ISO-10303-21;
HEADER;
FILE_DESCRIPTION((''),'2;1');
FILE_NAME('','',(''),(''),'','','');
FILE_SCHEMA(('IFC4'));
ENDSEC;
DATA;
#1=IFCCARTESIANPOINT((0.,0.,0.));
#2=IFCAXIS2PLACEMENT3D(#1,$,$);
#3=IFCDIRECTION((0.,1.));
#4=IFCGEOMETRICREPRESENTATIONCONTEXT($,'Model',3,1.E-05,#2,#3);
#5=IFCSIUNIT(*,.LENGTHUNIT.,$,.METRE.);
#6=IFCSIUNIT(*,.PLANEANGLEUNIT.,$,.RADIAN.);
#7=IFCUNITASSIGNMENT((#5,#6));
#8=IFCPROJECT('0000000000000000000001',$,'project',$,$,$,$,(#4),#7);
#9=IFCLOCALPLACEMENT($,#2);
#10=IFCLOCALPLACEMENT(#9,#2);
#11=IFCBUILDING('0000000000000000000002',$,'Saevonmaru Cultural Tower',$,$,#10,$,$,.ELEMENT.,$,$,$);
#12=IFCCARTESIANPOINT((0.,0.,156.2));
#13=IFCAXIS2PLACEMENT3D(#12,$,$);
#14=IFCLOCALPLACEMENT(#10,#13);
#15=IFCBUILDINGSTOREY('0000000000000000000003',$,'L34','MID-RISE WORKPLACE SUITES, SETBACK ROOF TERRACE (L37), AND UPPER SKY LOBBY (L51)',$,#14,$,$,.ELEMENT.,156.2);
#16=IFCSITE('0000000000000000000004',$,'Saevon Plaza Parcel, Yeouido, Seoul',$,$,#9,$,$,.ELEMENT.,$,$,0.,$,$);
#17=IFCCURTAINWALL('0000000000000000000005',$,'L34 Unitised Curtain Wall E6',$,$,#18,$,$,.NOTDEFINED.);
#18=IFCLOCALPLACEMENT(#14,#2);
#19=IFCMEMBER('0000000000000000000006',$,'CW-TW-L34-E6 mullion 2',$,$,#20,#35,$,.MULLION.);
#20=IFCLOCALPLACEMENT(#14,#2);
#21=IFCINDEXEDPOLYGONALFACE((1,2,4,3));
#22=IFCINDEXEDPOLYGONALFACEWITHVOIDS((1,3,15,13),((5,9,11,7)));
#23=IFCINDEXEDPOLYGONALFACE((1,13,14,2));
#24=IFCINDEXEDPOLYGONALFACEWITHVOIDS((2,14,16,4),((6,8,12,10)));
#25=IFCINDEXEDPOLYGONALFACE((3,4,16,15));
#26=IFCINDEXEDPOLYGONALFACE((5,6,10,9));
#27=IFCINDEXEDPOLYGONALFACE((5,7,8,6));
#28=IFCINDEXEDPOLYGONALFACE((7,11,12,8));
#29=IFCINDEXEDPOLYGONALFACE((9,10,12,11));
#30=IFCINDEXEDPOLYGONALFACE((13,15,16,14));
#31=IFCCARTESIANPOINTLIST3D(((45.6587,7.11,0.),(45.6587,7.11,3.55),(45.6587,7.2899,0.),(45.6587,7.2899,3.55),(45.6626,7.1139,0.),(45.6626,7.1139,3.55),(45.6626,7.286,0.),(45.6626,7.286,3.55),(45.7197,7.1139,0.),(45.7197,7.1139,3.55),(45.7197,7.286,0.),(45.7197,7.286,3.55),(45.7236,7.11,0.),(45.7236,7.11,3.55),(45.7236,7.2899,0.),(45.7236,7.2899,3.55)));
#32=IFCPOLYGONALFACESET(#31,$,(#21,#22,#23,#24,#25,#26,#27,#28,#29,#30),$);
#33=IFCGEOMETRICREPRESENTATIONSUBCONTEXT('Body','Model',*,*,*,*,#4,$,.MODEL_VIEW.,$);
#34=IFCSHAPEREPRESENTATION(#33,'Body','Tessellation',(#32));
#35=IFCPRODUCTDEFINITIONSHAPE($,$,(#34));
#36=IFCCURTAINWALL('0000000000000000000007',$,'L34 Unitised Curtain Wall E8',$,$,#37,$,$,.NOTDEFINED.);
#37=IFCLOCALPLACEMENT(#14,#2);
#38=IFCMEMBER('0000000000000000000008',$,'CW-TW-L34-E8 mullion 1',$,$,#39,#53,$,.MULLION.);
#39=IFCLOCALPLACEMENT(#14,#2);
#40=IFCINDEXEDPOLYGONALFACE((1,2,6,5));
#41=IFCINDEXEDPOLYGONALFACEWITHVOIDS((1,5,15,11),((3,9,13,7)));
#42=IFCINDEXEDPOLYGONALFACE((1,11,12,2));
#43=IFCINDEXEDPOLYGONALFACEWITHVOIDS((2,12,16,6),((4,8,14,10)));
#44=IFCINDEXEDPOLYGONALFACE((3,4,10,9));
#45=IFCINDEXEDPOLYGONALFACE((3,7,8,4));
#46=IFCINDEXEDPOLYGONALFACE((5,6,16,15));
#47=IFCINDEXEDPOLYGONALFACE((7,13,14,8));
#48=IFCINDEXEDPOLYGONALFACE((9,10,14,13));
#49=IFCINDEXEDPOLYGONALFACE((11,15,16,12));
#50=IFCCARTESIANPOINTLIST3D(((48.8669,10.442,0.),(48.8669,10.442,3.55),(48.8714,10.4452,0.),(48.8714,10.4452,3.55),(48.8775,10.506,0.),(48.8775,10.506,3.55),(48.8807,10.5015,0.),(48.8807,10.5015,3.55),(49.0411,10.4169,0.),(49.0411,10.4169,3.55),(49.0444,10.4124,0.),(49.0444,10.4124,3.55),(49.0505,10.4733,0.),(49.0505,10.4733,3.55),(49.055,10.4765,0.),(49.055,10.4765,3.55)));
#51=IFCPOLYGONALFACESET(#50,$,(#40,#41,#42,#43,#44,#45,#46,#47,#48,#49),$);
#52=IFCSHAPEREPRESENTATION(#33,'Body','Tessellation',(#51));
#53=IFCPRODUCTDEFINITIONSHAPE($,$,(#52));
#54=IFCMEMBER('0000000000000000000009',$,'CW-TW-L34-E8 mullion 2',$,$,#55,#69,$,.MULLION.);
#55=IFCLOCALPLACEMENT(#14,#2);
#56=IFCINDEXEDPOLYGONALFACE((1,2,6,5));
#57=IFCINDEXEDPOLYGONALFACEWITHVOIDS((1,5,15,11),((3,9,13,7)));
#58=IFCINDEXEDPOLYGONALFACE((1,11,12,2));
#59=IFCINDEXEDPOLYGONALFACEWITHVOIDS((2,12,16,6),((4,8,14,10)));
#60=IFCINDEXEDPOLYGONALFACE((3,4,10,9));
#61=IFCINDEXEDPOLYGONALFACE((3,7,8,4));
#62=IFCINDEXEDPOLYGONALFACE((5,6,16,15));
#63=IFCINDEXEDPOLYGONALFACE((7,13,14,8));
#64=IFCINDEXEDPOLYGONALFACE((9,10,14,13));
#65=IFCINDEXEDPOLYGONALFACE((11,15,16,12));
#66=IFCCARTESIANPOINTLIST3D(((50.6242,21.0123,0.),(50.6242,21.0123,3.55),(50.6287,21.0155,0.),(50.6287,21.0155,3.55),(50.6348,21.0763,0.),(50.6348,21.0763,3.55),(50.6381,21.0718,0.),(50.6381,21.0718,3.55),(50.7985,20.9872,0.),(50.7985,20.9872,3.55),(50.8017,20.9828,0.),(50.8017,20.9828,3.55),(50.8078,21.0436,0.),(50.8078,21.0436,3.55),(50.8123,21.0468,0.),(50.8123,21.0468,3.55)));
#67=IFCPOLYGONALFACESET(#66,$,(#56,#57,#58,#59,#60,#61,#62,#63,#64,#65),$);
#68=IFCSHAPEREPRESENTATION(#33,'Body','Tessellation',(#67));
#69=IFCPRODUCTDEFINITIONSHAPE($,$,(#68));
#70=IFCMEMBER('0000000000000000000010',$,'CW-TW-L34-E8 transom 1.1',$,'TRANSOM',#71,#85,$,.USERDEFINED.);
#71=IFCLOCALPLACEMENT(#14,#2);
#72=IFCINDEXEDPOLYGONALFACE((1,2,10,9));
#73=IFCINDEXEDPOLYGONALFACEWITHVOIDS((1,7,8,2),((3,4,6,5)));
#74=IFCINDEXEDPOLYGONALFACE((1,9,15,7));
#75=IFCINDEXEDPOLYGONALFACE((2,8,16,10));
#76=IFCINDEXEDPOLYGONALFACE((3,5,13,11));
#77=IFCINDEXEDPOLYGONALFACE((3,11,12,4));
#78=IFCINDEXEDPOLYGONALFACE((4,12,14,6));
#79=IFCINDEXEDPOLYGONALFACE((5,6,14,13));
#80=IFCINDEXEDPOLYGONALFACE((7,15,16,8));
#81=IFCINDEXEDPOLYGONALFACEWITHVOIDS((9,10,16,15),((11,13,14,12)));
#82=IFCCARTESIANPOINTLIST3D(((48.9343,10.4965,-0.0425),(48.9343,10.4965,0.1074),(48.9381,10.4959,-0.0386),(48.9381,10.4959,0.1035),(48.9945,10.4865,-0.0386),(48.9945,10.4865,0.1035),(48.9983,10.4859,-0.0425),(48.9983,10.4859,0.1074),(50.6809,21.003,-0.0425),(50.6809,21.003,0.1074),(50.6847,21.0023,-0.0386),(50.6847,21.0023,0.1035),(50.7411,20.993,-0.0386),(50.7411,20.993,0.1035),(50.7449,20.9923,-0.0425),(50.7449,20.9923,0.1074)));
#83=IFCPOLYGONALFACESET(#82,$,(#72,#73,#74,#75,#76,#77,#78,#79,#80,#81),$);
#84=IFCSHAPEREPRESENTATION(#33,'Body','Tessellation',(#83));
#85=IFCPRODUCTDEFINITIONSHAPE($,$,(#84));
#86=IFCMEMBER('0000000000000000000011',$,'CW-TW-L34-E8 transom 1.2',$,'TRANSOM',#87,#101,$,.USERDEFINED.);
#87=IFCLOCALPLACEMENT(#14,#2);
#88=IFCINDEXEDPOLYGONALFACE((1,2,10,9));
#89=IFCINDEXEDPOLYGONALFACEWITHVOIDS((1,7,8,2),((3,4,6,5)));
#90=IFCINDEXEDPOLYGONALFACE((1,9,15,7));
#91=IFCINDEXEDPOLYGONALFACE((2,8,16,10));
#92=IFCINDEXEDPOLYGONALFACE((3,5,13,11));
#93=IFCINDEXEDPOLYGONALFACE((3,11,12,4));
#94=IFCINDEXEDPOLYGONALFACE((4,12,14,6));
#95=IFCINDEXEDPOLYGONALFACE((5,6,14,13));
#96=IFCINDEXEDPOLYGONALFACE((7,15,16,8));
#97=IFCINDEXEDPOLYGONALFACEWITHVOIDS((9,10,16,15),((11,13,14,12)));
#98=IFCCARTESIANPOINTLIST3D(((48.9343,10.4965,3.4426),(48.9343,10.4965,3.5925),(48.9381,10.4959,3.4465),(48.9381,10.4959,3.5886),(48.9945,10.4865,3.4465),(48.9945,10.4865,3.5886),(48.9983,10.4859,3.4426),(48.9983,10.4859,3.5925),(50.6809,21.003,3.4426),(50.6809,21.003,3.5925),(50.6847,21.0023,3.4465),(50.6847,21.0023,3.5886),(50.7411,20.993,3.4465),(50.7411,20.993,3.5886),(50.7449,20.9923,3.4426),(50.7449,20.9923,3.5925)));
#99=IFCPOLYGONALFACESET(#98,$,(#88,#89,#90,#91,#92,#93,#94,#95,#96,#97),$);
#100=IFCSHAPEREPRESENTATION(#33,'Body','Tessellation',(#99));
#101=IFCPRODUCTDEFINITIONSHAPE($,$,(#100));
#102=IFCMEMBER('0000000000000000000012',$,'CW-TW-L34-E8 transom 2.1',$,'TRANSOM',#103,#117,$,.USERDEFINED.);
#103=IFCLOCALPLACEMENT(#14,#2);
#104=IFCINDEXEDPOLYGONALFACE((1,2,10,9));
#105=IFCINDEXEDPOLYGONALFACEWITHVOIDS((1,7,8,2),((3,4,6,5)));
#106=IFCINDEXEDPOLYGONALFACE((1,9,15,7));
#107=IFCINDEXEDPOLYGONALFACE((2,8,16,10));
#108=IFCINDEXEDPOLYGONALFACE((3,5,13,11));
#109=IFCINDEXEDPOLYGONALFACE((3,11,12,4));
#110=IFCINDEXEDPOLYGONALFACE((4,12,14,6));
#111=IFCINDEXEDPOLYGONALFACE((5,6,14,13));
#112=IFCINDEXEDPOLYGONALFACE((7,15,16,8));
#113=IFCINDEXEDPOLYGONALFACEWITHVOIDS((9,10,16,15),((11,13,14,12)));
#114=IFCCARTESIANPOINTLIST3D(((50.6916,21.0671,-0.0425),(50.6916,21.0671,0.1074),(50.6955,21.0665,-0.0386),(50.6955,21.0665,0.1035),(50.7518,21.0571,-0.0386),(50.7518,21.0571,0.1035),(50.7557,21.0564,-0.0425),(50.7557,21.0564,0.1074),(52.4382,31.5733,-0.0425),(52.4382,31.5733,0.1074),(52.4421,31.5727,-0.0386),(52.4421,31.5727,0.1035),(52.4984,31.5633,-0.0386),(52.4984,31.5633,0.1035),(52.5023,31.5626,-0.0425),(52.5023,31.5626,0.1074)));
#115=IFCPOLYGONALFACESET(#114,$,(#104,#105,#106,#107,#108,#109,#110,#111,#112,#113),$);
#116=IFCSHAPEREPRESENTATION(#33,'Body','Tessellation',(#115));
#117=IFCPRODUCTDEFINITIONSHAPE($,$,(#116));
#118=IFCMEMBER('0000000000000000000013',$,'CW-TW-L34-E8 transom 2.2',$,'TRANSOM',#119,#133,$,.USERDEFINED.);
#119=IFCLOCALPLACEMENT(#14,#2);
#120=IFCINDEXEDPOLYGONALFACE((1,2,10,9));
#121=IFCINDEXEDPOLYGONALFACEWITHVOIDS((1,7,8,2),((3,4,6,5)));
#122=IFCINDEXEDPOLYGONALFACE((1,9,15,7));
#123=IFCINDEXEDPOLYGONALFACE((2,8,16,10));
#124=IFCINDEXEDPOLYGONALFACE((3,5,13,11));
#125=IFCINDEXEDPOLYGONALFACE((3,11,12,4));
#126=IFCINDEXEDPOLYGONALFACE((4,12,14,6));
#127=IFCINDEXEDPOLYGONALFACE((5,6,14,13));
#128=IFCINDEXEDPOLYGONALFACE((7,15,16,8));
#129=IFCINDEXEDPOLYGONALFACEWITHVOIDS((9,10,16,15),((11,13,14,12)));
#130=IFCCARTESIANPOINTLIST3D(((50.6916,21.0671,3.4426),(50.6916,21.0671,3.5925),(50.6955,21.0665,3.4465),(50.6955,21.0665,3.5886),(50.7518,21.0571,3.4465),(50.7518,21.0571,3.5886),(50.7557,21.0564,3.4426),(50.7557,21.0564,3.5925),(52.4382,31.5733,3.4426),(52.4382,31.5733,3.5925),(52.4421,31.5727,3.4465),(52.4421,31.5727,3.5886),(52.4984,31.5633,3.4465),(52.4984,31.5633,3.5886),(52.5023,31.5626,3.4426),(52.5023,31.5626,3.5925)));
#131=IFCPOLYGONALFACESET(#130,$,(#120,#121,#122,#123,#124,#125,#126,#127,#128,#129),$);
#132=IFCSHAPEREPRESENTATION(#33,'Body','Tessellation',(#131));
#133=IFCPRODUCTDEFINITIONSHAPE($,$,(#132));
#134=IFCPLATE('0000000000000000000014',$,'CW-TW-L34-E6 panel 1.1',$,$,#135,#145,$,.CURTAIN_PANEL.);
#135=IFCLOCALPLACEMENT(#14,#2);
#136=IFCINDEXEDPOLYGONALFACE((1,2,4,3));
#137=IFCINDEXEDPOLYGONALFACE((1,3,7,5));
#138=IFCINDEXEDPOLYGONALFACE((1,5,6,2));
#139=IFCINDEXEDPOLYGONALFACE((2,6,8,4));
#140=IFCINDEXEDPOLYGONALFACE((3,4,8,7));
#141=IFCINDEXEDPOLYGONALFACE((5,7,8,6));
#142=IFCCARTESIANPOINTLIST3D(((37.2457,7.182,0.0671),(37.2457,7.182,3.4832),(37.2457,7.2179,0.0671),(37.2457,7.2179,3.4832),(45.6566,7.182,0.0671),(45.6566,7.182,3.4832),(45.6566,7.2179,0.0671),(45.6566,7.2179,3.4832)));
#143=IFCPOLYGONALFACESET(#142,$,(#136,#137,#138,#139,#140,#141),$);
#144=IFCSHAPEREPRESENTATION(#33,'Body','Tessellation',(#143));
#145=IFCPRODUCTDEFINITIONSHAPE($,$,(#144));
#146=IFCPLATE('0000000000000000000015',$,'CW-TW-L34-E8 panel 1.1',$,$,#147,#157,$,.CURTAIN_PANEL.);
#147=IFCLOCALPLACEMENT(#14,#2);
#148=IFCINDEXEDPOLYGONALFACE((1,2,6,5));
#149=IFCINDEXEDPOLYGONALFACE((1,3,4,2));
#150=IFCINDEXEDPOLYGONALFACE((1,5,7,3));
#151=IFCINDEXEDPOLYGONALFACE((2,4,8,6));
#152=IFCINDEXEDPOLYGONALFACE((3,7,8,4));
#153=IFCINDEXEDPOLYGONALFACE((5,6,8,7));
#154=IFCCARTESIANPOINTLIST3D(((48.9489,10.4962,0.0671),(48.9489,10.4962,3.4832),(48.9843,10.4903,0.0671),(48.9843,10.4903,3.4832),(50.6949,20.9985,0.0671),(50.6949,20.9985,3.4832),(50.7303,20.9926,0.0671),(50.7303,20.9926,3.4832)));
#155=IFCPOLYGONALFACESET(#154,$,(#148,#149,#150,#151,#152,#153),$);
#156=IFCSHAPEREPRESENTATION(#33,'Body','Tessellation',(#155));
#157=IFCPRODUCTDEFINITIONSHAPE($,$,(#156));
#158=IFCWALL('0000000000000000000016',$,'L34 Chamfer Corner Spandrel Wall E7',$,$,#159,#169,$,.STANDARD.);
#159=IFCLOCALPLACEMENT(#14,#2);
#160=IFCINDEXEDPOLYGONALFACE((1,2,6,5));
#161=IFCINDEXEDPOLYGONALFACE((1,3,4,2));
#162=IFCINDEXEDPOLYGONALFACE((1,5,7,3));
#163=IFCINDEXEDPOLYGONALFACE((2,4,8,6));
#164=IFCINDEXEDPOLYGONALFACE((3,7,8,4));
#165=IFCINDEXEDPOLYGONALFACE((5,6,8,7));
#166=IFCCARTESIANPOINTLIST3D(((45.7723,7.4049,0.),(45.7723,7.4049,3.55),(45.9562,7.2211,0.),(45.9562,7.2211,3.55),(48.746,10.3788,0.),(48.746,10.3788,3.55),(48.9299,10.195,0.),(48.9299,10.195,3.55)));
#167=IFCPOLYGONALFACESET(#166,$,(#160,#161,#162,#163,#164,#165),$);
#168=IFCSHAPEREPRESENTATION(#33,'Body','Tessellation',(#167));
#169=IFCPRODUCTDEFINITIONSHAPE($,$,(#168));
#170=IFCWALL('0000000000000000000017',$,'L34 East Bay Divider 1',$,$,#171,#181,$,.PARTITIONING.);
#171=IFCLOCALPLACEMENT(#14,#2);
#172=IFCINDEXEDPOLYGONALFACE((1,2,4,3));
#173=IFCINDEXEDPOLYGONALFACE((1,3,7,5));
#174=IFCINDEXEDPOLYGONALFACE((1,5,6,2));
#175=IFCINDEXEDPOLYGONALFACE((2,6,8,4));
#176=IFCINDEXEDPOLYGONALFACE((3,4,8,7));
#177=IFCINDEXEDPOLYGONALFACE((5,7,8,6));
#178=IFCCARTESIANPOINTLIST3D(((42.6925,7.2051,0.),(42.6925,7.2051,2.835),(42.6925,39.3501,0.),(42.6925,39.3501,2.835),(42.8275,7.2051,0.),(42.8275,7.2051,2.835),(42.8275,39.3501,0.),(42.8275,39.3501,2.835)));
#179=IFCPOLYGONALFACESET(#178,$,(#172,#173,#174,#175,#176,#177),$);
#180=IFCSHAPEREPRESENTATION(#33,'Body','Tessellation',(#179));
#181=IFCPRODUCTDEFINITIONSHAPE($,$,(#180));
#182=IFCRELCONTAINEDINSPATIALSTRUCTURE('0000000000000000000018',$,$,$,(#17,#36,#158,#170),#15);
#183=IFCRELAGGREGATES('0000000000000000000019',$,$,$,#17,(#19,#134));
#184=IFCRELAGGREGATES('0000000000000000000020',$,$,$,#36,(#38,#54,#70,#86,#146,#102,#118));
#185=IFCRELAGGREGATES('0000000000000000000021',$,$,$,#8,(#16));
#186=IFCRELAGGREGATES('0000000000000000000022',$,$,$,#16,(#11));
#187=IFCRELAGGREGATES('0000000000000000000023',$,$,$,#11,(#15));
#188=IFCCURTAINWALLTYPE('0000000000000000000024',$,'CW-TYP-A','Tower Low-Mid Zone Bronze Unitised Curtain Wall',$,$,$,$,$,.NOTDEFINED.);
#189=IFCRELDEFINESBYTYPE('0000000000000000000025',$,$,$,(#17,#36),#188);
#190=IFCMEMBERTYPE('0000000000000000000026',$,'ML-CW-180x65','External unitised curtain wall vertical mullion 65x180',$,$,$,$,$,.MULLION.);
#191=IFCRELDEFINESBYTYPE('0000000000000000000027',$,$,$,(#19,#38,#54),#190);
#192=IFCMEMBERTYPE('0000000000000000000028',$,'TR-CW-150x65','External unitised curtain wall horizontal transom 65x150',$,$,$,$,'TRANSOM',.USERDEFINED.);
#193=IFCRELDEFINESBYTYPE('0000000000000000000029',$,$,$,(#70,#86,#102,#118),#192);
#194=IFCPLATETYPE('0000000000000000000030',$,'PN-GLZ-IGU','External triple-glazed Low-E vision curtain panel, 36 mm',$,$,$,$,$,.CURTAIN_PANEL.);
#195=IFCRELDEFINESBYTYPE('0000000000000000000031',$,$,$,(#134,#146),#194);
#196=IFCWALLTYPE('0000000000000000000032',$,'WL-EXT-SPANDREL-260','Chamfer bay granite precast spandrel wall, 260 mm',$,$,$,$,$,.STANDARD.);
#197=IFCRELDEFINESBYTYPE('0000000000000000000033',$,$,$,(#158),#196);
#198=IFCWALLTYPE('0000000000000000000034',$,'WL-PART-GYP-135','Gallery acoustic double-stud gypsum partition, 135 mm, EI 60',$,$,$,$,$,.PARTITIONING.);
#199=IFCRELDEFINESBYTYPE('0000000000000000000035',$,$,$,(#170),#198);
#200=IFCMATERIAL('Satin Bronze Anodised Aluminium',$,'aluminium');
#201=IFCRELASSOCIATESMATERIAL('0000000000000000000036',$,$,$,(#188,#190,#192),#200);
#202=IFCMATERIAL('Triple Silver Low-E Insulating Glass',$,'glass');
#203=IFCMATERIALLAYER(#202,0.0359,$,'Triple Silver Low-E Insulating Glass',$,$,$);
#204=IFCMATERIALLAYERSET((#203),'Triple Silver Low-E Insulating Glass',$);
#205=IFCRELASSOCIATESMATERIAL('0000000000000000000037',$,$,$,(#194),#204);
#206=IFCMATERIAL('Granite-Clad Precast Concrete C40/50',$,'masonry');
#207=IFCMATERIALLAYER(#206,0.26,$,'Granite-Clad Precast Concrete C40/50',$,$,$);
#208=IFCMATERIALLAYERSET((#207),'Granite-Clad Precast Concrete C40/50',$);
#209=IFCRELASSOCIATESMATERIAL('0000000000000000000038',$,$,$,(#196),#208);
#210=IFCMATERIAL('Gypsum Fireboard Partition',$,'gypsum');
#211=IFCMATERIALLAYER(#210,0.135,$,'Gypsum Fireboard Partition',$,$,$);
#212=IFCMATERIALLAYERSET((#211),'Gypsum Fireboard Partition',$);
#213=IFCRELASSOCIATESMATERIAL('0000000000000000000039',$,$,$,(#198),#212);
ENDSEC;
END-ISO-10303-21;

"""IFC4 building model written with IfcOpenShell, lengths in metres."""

from ifc_helpers import new_model, si_unit, direction, frame, frame_2d, origin, origin_2d, place, context, subcontext, project, spatial, rectangle, hollow_rectangle, extrude, material, layer, layer_set, material_profile, profile_set, type_object, element, aggregate, save


model = new_model("IFC4")

# Units and contexts
model_context = context("Model", 3, precision=1e-05, world=origin(), true_north=direction((0.0, 1.0)))
body_context = subcontext(model_context, "Body", "Model", "MODEL_VIEW")
ifc_project = project(units=[si_unit("LENGTHUNIT", "METRE"), si_unit("PLANEANGLEUNIT", "RADIAN")], contexts=[model_context])

# Site, building, storey
site_placement = place(None, origin())
site = spatial("IfcSite", under=ifc_project, at=site_placement, Name="Saevon Plaza Parcel, Yeouido, Seoul", CompositionType="ELEMENT", RefElevation=0.0)
building_placement = place(site_placement, origin())
building = spatial("IfcBuilding", under=site, at=building_placement, Name="Saevonmaru Cultural Tower", CompositionType="ELEMENT")
storey_placement = place(building_placement, frame((0.0, 0.0, 156.2)))
storey = spatial("IfcBuildingStorey", under=building, at=storey_placement, Name="L34", Description="MID-RISE WORKPLACE SUITES, SETBACK ROOF TERRACE (L37), AND UPPER SKY LOBBY (L51)", CompositionType="ELEMENT", Elevation=156.2)

# Curtain wall, member
ifc_material_1 = material(Name="Satin Bronze Anodised Aluminium", Category="aluminium")
curtain_wall_type = type_object("IfcCurtainWallType", Name="CW-TYP-A", Description="Tower Low-Mid Zone Bronze Unitised Curtain Wall", PredefinedType="NOTDEFINED", material=ifc_material_1)
curtain_wall_1_placement = place(storey_placement, origin())
curtain_wall_1 = element("IfcCurtainWall", 1, at=curtain_wall_1_placement, inside=storey, type_object=curtain_wall_type, Name="L34 Unitised Curtain Wall E6", PredefinedType="NOTDEFINED")
ifc_material_profile_1 = material_profile(ifc_material_1, hollow_rectangle(XDim=0.0649, YDim=0.1799, WallThickness=0.0039, at=origin_2d()), Name="ALU-MULL-180x65x4")
ifc_profile_set_1 = profile_set([ifc_material_profile_1], Name="Satin Bronze Anodised Aluminium")
member_type_1 = type_object("IfcMemberType", Name="ML-CW-180x65", Description="External unitised curtain wall vertical mullion 65x180", PredefinedType="MULLION", material=ifc_profile_set_1)
member_1_placement = place(storey_placement, frame((45.6912, 7.2, 0.0), z_axis=(0.0, 0.0, 1.0), x_axis=(1.0, 0.0, 0.0)))
member_1 = element("IfcMember", 2, at=member_1_placement, type_object=member_type_1, Name="CW-TW-L34-E6 mullion 2", PredefinedType="MULLION", context=body_context, shape_type="SweptSolid", body=[
    extrude(hollow_rectangle(XDim=0.0649, YDim=0.1799, WallThickness=0.0039, at=origin_2d()), origin(), (0.0, 0.0, 1.0), 3.55),
])

# Curtain wall, members
curtain_wall_2_placement = place(storey_placement, origin())
curtain_wall_2 = element("IfcCurtainWall", 3, at=curtain_wall_2_placement, inside=storey, type_object=curtain_wall_type, Name="L34 Unitised Curtain Wall E8", PredefinedType="NOTDEFINED")
member_2_placement = place(storey_placement, frame((48.9609, 10.4592, 0.0), z_axis=(0.0, 0.0, 1.0), x_axis=(0.163999, 0.986461, 0.0)))
member_2 = element("IfcMember", 4, at=member_2_placement, type_object=member_type_1, Name="CW-TW-L34-E8 mullion 1", PredefinedType="MULLION", context=body_context, shape_type="SweptSolid", body=[
    extrude(hollow_rectangle(XDim=0.0649, YDim=0.1799, WallThickness=0.0039, at=origin_2d()), origin(), (0.0, 0.0, 1.0), 3.55),
])
member_3_placement = place(storey_placement, frame((50.7183, 21.0295, 0.0), z_axis=(0.0, 0.0, 1.0), x_axis=(0.163999, 0.986461, 0.0)))
member_3 = element("IfcMember", 5, at=member_3_placement, type_object=member_type_1, Name="CW-TW-L34-E8 mullion 2", PredefinedType="MULLION", context=body_context, shape_type="SweptSolid", body=[
    extrude(hollow_rectangle(XDim=0.0649, YDim=0.1799, WallThickness=0.0039, at=origin_2d()), origin(), (0.0, 0.0, 1.0), 3.55),
])
ifc_material_profile_2 = material_profile(ifc_material_1, hollow_rectangle(XDim=0.0649, YDim=0.1499, WallThickness=0.0039, at=origin_2d()), Name="ALU-TRAN-150x65x4")
ifc_profile_set_2 = profile_set([ifc_material_profile_2], Name="Satin Bronze Anodised Aluminium")
member_type_2 = type_object("IfcMemberType", Name="TR-CW-150x65", Description="External unitised curtain wall horizontal transom 65x150", ElementType="TRANSOM", PredefinedType="USERDEFINED", material=ifc_profile_set_2)
member_4_placement = place(storey_placement, frame((48.9663, 10.4912, 0.0325), z_axis=(0.16399, 0.986462, 0.0), x_axis=(-0.986462, 0.16399, 0.0)))
member_4 = element("IfcMember", 6, at=member_4_placement, type_object=member_type_2, Name="CW-TW-L34-E8 transom 1.1", ObjectType="TRANSOM", PredefinedType="USERDEFINED", context=body_context, shape_type="SweptSolid", body=[
    extrude(hollow_rectangle(XDim=0.0649, YDim=0.1499, WallThickness=0.0039, at=origin_2d()), origin(), (0.0, 0.0, 1.0), 10.6506),
])
member_5_placement = place(storey_placement, frame((48.9663, 10.4912, 3.5176), z_axis=(0.16399, 0.986462, 0.0), x_axis=(-0.986462, 0.16399, 0.0)))
member_5 = element("IfcMember", 7, at=member_5_placement, type_object=member_type_2, Name="CW-TW-L34-E8 transom 1.2", ObjectType="TRANSOM", PredefinedType="USERDEFINED", context=body_context, shape_type="SweptSolid", body=[
    extrude(hollow_rectangle(XDim=0.0649, YDim=0.1499, WallThickness=0.0039, at=origin_2d()), origin(), (0.0, 0.0, 1.0), 10.6506),
])
member_6_placement = place(storey_placement, frame((50.7236, 21.0618, 0.0325), z_axis=(0.163994, 0.986461, 0.0), x_axis=(-0.986461, 0.163994, 0.0)))
member_6 = element("IfcMember", 8, at=member_6_placement, type_object=member_type_2, Name="CW-TW-L34-E8 transom 2.1", ObjectType="TRANSOM", PredefinedType="USERDEFINED", context=body_context, shape_type="SweptSolid", body=[
    extrude(hollow_rectangle(XDim=0.0649, YDim=0.1499, WallThickness=0.0039, at=origin_2d()), origin(), (0.0, 0.0, 1.0), 10.6504),
])
member_7_placement = place(storey_placement, frame((50.7236, 21.0618, 3.5176), z_axis=(0.163994, 0.986461, 0.0), x_axis=(-0.986461, 0.163994, 0.0)))
member_7 = element("IfcMember", 9, at=member_7_placement, type_object=member_type_2, Name="CW-TW-L34-E8 transom 2.2", ObjectType="TRANSOM", PredefinedType="USERDEFINED", context=body_context, shape_type="SweptSolid", body=[
    extrude(hollow_rectangle(XDim=0.0649, YDim=0.1499, WallThickness=0.0039, at=origin_2d()), origin(), (0.0, 0.0, 1.0), 10.6504),
])

# Plates
ifc_material_2 = material(Name="Triple Silver Low-E Insulating Glass", Category="glass")
ifc_layer_1 = layer(ifc_material_2, 0.0359, Name="Triple Silver Low-E Insulating Glass")
ifc_layer_set_1 = layer_set([ifc_layer_1], Name="Triple Silver Low-E Insulating Glass")
plate_type = type_object("IfcPlateType", Name="PN-GLZ-IGU", Description="External triple-glazed Low-E vision curtain panel, 36 mm", PredefinedType="CURTAIN_PANEL", material=ifc_layer_set_1)
plate_1_placement = place(storey_placement, frame((41.4512, 7.2, 0.0671), z_axis=(0.0, 0.0, 1.0), x_axis=(1.0, 0.0, 0.0)))
plate_1 = element("IfcPlate", 10, at=plate_1_placement, type_object=plate_type, Name="CW-TW-L34-E6 panel 1.1", PredefinedType="CURTAIN_PANEL", context=body_context, shape_type="SweptSolid", body=[
    extrude(rectangle(XDim=8.4109, YDim=0.0359, at=origin_2d()), origin(), (0.0, 0.0, 1.0), 3.416),
])
aggregate(curtain_wall_1, [member_1, plate_1])
plate_2_placement = place(storey_placement, frame((49.8396, 15.7444, 0.0671), z_axis=(0.0, 0.0, 1.0), x_axis=(0.163999, 0.986461, 0.0)))
plate_2 = element("IfcPlate", 11, at=plate_2_placement, type_object=plate_type, Name="CW-TW-L34-E8 panel 1.1", PredefinedType="CURTAIN_PANEL", context=body_context, shape_type="SweptSolid", body=[
    extrude(rectangle(XDim=10.6465, YDim=0.0359, at=origin_2d()), origin(), (0.0, 0.0, 1.0), 3.416),
])
aggregate(curtain_wall_2, [member_2, member_3, member_4, member_5, plate_2, member_6, member_7])

# Walls
ifc_material_3 = material(Name="Granite-Clad Precast Concrete C40/50", Category="masonry")
ifc_layer_2 = layer(ifc_material_3, 0.26, Name="Granite-Clad Precast Concrete C40/50")
ifc_layer_set_2 = layer_set([ifc_layer_2], Name="Granite-Clad Precast Concrete C40/50")
wall_type_1 = type_object("IfcWallType", Name="WL-EXT-SPANDREL-260", Description="Chamfer bay granite precast spandrel wall, 260 mm", PredefinedType="STANDARD", material=ifc_layer_set_2)
wall_1_placement = place(storey_placement, frame((45.8643, 7.313, 0.0), z_axis=(0.0, 0.0, 1.0), x_axis=(0.707078, 0.707136, 0.0)))
element("IfcWall", 12, at=wall_1_placement, inside=storey, type_object=wall_type_1, Name="L34 Chamfer Corner Spandrel Wall E7", PredefinedType="STANDARD", context=body_context, shape_type="SweptSolid", body=[
    extrude(rectangle(XDim=4.2056, YDim=0.26, at=frame_2d((2.1028, 0.0))), origin(), (0.0, 0.0, 1.0), 3.55),
])
ifc_material_4 = material(Name="Gypsum Fireboard Partition", Category="gypsum")
ifc_layer_3 = layer(ifc_material_4, 0.135, Name="Gypsum Fireboard Partition")
ifc_layer_set_3 = layer_set([ifc_layer_3], Name="Gypsum Fireboard Partition")
wall_type_2 = type_object("IfcWallType", Name="WL-PART-GYP-135", Description="Gallery acoustic double-stud gypsum partition, 135 mm, EI 60", PredefinedType="PARTITIONING", material=ifc_layer_set_3)
wall_2_placement = place(storey_placement, frame((42.76, 7.2051, 0.0), z_axis=(0.0, 0.0, 1.0), x_axis=(0.0, 1.0, 0.0)))
element("IfcWall", 13, at=wall_2_placement, inside=storey, type_object=wall_type_2, Name="L34 East Bay Divider 1", PredefinedType="PARTITIONING", context=body_context, shape_type="SweptSolid", body=[
    extrude(rectangle(XDim=32.145, YDim=0.135, at=frame_2d((16.0725, 0.0))), origin(), (0.0, 0.0, 1.0), 2.835),
])

save(model, "model.ifc")
